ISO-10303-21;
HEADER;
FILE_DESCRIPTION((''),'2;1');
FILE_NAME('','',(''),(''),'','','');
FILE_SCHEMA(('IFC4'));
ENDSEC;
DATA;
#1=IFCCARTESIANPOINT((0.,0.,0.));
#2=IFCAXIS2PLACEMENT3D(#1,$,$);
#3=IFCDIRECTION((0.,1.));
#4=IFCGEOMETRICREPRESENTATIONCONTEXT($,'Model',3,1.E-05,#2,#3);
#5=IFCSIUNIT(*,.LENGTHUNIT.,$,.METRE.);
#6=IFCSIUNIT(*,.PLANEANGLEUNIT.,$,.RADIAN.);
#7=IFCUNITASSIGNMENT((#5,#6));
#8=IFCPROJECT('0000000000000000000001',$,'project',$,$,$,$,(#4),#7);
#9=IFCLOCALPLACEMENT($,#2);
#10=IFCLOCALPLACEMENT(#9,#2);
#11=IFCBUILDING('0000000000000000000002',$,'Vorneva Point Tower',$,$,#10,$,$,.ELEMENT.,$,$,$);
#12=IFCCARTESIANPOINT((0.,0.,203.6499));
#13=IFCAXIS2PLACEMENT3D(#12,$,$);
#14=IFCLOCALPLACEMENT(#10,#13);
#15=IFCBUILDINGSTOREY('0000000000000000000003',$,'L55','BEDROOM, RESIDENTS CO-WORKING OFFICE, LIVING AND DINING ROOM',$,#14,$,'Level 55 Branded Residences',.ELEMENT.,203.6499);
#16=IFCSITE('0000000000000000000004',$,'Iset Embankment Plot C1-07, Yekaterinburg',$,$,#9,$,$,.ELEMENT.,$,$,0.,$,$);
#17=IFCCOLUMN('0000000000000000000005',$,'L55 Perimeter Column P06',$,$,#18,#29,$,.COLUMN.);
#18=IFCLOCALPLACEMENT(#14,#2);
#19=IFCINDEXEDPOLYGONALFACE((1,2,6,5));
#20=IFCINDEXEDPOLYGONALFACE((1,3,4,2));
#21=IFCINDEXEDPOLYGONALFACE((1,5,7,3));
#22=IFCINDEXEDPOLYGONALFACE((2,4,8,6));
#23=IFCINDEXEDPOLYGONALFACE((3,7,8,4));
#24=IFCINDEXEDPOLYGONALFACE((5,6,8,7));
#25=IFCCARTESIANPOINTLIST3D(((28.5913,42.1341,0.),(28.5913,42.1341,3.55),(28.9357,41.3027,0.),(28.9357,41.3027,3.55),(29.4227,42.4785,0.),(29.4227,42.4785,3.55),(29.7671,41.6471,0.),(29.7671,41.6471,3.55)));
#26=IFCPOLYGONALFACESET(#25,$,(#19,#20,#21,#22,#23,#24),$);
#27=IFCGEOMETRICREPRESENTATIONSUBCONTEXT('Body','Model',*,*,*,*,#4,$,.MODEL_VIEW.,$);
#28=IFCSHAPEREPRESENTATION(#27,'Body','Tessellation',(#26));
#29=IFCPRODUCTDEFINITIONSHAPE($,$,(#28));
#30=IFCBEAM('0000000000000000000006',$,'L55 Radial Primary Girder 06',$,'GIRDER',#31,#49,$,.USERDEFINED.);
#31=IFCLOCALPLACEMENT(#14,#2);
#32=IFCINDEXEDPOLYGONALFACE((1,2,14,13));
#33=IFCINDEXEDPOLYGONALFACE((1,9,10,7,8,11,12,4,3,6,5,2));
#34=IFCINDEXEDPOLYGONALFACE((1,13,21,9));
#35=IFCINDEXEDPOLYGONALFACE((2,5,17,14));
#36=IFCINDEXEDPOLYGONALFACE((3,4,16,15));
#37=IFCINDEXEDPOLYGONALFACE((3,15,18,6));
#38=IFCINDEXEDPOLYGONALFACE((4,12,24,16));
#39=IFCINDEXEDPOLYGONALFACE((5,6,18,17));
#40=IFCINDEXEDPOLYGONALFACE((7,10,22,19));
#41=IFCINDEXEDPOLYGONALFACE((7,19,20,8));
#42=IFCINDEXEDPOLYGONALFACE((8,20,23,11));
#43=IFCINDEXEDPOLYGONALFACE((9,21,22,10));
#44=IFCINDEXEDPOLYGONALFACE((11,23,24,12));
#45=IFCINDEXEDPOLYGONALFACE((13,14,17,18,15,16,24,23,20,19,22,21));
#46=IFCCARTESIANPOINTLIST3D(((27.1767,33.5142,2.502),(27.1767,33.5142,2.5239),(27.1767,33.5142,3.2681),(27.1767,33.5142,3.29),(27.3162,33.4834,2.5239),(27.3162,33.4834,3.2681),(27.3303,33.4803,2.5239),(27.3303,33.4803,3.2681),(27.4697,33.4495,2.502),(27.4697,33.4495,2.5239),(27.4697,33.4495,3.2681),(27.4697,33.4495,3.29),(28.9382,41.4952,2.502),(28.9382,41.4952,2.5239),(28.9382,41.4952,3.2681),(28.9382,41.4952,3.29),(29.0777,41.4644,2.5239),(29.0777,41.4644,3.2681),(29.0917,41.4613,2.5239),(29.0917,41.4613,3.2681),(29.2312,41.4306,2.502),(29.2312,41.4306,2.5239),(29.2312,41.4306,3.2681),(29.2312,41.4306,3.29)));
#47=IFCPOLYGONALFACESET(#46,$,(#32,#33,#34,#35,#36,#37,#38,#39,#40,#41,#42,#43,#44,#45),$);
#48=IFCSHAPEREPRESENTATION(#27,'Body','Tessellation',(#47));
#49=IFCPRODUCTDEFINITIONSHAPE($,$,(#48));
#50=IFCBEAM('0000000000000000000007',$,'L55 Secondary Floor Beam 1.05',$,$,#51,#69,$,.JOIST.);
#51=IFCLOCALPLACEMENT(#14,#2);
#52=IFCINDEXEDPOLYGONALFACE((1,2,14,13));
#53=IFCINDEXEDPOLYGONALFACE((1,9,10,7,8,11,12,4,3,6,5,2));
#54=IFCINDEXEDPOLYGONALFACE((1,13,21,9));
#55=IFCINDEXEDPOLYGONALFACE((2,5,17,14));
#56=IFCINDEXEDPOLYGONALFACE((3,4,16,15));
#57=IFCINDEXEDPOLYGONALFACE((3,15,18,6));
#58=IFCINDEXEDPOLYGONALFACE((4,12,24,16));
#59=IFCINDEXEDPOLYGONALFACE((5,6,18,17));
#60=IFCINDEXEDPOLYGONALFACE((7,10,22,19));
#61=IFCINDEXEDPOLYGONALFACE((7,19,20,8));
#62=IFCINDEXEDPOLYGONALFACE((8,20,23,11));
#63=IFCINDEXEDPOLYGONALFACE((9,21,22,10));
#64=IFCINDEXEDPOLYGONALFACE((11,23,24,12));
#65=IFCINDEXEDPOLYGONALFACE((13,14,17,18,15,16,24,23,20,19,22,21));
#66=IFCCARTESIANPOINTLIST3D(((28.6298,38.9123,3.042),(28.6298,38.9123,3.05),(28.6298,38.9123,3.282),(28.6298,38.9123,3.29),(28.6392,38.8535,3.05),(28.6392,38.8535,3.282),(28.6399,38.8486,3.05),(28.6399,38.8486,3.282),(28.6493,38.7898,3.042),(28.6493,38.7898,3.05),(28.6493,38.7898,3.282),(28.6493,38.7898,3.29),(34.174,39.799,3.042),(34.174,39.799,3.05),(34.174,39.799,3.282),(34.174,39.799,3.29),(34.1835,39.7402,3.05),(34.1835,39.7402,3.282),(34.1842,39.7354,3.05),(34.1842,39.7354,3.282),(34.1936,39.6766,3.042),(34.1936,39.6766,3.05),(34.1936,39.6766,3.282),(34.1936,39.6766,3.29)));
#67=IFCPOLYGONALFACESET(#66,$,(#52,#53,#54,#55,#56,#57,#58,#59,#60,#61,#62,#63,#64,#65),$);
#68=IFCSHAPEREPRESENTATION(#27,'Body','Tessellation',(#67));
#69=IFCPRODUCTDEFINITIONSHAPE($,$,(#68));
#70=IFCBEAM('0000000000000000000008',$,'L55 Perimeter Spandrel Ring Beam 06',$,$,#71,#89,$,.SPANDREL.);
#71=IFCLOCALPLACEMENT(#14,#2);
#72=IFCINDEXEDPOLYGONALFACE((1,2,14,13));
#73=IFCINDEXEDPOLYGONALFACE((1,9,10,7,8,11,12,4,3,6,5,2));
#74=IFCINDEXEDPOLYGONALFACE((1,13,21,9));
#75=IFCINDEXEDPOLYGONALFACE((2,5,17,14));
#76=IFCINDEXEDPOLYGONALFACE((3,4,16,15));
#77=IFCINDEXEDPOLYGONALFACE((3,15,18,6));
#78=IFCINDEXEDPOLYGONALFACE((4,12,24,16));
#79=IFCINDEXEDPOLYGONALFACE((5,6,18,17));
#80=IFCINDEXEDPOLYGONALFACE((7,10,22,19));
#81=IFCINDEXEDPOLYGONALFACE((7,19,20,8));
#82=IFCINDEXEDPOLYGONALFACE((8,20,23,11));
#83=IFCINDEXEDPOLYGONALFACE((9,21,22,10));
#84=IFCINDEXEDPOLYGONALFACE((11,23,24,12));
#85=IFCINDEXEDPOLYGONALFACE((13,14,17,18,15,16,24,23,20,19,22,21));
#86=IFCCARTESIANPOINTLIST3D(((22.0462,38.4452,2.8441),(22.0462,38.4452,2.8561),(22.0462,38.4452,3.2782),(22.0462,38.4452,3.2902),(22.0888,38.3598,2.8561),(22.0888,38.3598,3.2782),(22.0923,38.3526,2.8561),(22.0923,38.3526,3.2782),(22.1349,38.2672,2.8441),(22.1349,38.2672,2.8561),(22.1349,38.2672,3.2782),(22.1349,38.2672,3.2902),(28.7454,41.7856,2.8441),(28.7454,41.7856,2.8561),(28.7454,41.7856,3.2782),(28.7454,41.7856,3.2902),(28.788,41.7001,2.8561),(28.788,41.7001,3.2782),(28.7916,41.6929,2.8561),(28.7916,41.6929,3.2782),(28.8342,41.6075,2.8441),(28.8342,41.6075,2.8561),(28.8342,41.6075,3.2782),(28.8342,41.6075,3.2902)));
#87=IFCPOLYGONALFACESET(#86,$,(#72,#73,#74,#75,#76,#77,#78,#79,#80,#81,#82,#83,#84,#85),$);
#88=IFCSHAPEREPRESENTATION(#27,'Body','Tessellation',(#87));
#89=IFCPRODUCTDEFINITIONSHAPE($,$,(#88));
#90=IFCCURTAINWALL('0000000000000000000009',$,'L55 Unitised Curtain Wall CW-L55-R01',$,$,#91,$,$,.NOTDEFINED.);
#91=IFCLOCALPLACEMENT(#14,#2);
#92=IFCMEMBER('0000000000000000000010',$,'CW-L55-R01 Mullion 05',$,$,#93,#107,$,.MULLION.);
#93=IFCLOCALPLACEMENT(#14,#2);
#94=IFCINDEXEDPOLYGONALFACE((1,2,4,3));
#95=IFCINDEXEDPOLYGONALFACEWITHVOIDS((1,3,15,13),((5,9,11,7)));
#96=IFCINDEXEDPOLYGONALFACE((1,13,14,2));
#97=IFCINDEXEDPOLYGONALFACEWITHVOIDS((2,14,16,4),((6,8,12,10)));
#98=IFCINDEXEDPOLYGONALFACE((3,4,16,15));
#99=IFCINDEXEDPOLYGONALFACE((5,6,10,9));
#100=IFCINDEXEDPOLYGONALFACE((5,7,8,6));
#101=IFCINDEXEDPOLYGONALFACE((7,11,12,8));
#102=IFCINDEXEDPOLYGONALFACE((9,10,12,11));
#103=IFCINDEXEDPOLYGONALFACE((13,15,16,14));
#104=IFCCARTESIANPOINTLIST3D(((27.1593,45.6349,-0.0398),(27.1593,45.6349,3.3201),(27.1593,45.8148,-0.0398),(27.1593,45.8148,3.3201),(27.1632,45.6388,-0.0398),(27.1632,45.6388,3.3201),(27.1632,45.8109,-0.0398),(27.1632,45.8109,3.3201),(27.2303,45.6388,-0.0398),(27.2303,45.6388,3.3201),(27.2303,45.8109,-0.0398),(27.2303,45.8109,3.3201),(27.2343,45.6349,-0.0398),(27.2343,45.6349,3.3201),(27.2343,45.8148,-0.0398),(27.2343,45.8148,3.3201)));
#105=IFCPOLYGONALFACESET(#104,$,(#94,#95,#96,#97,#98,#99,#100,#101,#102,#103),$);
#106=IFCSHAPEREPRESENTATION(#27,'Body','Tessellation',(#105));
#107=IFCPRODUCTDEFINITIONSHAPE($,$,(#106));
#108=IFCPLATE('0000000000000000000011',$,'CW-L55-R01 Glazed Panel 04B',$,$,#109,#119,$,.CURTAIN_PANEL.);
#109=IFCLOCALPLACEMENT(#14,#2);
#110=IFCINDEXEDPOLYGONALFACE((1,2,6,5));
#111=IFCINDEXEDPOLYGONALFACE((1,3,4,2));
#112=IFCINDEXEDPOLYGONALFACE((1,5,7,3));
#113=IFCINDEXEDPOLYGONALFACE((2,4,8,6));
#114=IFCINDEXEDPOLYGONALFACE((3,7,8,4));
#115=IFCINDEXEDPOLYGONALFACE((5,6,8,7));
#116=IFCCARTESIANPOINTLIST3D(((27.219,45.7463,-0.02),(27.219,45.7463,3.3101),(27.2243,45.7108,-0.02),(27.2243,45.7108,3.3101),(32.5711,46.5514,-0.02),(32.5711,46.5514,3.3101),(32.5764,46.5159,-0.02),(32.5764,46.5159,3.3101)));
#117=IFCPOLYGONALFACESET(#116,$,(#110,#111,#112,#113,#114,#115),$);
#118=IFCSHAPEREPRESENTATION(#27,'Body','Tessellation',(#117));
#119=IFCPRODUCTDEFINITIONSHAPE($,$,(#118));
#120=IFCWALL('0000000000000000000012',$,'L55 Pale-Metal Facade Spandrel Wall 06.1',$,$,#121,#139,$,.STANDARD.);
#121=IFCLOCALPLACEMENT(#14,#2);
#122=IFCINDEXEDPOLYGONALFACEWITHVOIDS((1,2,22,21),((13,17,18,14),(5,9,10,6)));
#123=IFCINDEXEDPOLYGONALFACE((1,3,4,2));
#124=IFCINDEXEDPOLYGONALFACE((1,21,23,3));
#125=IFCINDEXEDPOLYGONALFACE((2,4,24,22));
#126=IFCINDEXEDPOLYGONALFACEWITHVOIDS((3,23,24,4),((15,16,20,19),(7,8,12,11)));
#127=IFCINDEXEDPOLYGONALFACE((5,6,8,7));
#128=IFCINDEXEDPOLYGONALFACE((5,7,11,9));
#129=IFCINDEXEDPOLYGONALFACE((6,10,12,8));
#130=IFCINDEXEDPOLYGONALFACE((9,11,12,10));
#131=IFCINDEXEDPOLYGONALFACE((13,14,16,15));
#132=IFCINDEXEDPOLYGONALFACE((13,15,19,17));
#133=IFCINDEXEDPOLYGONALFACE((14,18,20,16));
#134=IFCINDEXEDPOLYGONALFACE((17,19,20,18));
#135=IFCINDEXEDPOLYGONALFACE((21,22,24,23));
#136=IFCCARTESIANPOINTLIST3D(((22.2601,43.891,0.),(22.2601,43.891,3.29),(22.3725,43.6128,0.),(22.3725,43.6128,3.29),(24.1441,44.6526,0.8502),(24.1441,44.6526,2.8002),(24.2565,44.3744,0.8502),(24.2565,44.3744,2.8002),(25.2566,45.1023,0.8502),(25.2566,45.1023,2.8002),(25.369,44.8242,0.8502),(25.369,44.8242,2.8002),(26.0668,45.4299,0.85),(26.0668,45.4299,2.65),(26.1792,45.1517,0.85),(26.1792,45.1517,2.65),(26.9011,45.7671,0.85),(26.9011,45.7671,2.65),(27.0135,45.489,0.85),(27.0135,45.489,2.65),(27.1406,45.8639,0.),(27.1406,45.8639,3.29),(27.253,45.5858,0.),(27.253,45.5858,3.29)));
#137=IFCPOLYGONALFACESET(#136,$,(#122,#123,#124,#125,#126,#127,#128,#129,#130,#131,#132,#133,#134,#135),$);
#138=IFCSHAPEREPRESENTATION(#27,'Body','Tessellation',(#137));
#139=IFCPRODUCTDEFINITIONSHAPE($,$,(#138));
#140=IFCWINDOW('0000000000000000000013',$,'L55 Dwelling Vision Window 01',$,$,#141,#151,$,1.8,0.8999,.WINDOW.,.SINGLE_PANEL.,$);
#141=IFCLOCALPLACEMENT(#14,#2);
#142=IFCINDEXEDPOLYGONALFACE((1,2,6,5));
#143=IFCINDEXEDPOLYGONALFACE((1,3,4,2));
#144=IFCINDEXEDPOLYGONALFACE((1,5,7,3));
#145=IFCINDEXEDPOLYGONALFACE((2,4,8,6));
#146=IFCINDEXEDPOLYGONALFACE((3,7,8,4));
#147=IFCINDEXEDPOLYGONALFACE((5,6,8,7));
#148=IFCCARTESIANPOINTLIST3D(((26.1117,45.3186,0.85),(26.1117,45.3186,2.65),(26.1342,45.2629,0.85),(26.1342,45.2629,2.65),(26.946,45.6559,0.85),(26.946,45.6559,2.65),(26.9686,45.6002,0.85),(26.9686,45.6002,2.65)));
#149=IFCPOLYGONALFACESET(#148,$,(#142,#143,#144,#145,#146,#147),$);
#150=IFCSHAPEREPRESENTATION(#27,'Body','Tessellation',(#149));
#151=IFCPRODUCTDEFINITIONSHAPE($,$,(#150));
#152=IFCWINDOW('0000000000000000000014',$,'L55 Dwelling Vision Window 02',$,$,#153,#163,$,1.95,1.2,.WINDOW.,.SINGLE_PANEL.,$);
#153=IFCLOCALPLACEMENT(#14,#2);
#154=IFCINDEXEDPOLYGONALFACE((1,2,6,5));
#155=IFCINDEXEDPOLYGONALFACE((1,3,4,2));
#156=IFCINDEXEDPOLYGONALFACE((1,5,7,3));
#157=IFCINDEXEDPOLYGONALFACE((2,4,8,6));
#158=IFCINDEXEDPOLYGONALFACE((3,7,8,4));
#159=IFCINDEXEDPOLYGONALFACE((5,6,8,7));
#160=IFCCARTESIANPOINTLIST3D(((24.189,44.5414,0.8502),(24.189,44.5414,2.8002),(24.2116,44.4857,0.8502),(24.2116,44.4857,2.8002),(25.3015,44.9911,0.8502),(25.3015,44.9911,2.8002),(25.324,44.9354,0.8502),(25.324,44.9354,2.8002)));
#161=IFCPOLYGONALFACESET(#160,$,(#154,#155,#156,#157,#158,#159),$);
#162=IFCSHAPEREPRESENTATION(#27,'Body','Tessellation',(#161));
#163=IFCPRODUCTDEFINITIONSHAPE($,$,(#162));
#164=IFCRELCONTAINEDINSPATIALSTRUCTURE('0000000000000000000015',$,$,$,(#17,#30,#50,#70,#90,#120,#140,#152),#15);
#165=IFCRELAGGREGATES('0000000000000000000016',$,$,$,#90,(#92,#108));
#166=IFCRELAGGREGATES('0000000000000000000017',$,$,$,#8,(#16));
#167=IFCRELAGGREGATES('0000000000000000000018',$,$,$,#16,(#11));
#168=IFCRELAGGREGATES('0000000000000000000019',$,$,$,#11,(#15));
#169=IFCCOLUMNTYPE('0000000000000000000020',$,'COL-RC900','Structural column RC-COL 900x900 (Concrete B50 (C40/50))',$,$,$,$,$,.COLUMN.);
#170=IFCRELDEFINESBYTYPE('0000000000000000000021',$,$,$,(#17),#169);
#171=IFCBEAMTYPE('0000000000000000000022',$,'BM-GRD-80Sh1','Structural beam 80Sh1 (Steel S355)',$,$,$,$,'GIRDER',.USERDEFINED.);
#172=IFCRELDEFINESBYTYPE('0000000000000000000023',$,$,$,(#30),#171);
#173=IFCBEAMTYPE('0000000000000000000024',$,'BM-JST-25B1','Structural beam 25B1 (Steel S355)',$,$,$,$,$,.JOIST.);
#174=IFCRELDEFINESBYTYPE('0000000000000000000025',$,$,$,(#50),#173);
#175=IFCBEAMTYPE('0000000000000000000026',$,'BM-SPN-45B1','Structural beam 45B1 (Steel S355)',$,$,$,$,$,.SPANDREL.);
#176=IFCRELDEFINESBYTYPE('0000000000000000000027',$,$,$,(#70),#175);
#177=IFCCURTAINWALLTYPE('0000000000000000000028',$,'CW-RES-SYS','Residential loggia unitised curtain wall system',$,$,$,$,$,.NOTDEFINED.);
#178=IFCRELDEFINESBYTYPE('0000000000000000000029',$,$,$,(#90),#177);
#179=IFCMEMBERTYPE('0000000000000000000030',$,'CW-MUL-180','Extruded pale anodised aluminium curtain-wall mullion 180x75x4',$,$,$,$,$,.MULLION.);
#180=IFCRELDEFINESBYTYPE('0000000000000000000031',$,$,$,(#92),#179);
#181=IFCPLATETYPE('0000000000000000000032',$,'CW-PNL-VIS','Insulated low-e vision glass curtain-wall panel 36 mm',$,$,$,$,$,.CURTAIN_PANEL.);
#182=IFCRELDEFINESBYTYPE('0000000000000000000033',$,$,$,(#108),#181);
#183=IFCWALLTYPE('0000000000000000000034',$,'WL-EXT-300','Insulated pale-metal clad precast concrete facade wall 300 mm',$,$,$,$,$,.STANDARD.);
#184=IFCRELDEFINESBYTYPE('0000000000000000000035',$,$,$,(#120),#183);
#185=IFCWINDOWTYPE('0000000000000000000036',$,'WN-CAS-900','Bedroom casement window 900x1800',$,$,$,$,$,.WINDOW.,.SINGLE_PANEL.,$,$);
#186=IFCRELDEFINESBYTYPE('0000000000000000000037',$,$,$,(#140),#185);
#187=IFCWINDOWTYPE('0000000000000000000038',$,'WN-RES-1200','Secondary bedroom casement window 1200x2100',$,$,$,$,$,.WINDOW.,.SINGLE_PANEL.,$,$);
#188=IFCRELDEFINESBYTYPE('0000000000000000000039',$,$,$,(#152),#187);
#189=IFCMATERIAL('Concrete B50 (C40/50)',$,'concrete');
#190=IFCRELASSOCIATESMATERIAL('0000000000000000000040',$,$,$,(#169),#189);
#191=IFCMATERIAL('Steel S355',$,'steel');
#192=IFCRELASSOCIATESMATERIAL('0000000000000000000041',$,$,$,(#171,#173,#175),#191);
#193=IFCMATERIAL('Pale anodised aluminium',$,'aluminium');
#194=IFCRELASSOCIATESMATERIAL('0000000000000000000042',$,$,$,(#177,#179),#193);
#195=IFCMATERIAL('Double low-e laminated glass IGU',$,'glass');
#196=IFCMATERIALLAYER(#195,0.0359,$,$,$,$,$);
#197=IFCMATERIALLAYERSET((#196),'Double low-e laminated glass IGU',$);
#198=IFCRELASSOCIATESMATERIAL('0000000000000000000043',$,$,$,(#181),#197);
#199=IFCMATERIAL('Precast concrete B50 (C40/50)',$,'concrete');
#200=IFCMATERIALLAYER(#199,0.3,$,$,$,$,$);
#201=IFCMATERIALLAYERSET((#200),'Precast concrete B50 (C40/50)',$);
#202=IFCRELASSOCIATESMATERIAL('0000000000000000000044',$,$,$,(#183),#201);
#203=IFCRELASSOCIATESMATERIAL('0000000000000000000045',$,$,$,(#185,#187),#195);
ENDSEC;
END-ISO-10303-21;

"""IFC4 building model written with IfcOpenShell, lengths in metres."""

from ifc_helpers import new_model, si_unit, direction, frame, frame_2d, origin, origin_2d, place, context, subcontext, project, spatial, rectangle, hollow_rectangle, i_section, extrude, material, layer, layer_set, material_profile, profile_set, type_object, element, fill, aggregate, save


model = new_model("IFC4")

# Units and contexts
model_context = context("Model", 3, precision=1e-05, world=origin(), true_north=direction((0.0, 1.0)))
body_context = subcontext(model_context, "Body", "Model", "MODEL_VIEW")
ifc_project = project(units=[si_unit("LENGTHUNIT", "METRE"), si_unit("PLANEANGLEUNIT", "RADIAN")], contexts=[model_context])

# Site, building, storey
site_placement = place(None, origin())
site = spatial("IfcSite", under=ifc_project, at=site_placement, Name="Iset Embankment Plot C1-07, Yekaterinburg", CompositionType="ELEMENT", RefElevation=0.0)
building_placement = place(site_placement, origin())
building = spatial("IfcBuilding", under=site, at=building_placement, Name="Vorneva Point Tower", CompositionType="ELEMENT")
storey_placement = place(building_placement, frame((0.0, 0.0, 203.6499)))
storey = spatial("IfcBuildingStorey", under=building, at=storey_placement, Name="L55", Description="BEDROOM, RESIDENTS CO-WORKING OFFICE, LIVING AND DINING ROOM", LongName="Level 55 Branded Residences", CompositionType="ELEMENT", Elevation=203.6499)

# Column
ifc_material_1 = material(Name="Concrete B50 (C40/50)", Category="concrete")
ifc_material_profile_1 = material_profile(ifc_material_1, rectangle(XDim=0.8999, YDim=0.8999, at=origin_2d()), Name="RC-COL 900x900")
ifc_profile_set_1 = profile_set([ifc_material_profile_1], Name="Concrete B50 (C40/50)")
column_type = type_object("IfcColumnType", Name="COL-RC900", Description="Structural column RC-COL 900x900 (Concrete B50 (C40/50))", PredefinedType="COLUMN", material=ifc_profile_set_1)
column_placement = place(storey_placement, frame((29.1792, 41.8906, 0.0), z_axis=(0.0, 0.0, 1.0), x_axis=(-0.382683, 0.92388, 0.0)))
element("IfcColumn", 1, at=column_placement, inside=storey, type_object=column_type, Name="L55 Perimeter Column P06", PredefinedType="COLUMN", context=body_context, shape_type="SweptSolid", body=[
    extrude(rectangle(XDim=0.8999, YDim=0.8999, at=origin_2d()), origin(), (0.0, 0.0, 1.0), 3.55),
])

# Beams
ifc_material_2 = material(Name="Steel S355", Category="steel")
ifc_material_profile_2 = material_profile(ifc_material_2, i_section(OverallWidth=0.3, OverallDepth=0.7881, WebThickness=0.0144, FlangeThickness=0.022, at=origin_2d()), Name="80Sh1")
ifc_profile_set_2 = profile_set([ifc_material_profile_2], Name="Steel S355")
beam_type_1 = type_object("IfcBeamType", Name="BM-GRD-80Sh1", Description="Structural beam 80Sh1 (Steel S355)", ElementType="GIRDER", PredefinedType="USERDEFINED", material=ifc_profile_set_2)
beam_1_placement = place(storey_placement, frame((29.0847, 41.4629, 2.896), z_axis=(-0.215523, -0.976499, 0.0), x_axis=(0.976499, -0.215523, 0.0)))
element("IfcBeam", 2, at=beam_1_placement, inside=storey, type_object=beam_type_1, Name="L55 Radial Primary Girder 06", ObjectType="GIRDER", PredefinedType="USERDEFINED", context=body_context, shape_type="SweptSolid", body=[
    extrude(i_section(OverallWidth=0.3, OverallDepth=0.7881, WebThickness=0.0144, FlangeThickness=0.022, at=origin_2d()), origin(), (0.0, 0.0, 1.0), 8.1731),
])
ifc_material_profile_3 = material_profile(ifc_material_2, i_section(OverallWidth=0.124, OverallDepth=0.248, WebThickness=0.0049, FlangeThickness=0.0081, at=origin_2d()), Name="25B1")
ifc_profile_set_3 = profile_set([ifc_material_profile_3], Name="Steel S355")
beam_type_2 = type_object("IfcBeamType", Name="BM-JST-25B1", Description="Structural beam 25B1 (Steel S355)", PredefinedType="JOIST", material=ifc_profile_set_3)
beam_2_placement = place(storey_placement, frame((34.1838, 39.7378, 3.166), z_axis=(-0.98745, -0.157929, 0.0), x_axis=(0.157929, -0.98745, 0.0)))
element("IfcBeam", 3, at=beam_2_placement, inside=storey, type_object=beam_type_2, Name="L55 Secondary Floor Beam 1.05", PredefinedType="JOIST", context=body_context, shape_type="SweptSolid", body=[
    extrude(i_section(OverallWidth=0.124, OverallDepth=0.248, WebThickness=0.0049, FlangeThickness=0.0081, at=origin_2d()), origin(), (0.0, 0.0, 1.0), 5.6147),
])
ifc_material_profile_4 = material_profile(ifc_material_2, i_section(OverallWidth=0.199, OverallDepth=0.446, WebThickness=0.0081, FlangeThickness=0.012, at=origin_2d()), Name="45B1")
ifc_profile_set_4 = profile_set([ifc_material_profile_4], Name="Steel S355")
beam_type_3 = type_object("IfcBeamType", Name="BM-SPN-45B1", Description="Structural beam 45B1 (Steel S355)", PredefinedType="SPANDREL", material=ifc_profile_set_4)
beam_3_placement = place(storey_placement, frame((28.7898, 41.6965, 3.0671), z_axis=(-0.894922, -0.446222, 0.0), x_axis=(0.446222, -0.894922, 0.0)))
element("IfcBeam", 4, at=beam_3_placement, inside=storey, type_object=beam_type_3, Name="L55 Perimeter Spandrel Ring Beam 06", PredefinedType="SPANDREL", context=body_context, shape_type="SweptSolid", body=[
    extrude(i_section(OverallWidth=0.199, OverallDepth=0.446, WebThickness=0.0081, FlangeThickness=0.012, at=origin_2d()), origin(), (0.0, 0.0, 1.0), 7.4858),
])

# Curtain wall, member, plate
ifc_material_3 = material(Name="Pale anodised aluminium", Category="aluminium")
curtain_wall_type = type_object("IfcCurtainWallType", Name="CW-RES-SYS", Description="Residential loggia unitised curtain wall system", PredefinedType="NOTDEFINED", material=ifc_material_3)
curtain_wall_placement = place(storey_placement, origin())
curtain_wall = element("IfcCurtainWall", 5, at=curtain_wall_placement, inside=storey, type_object=curtain_wall_type, Name="L55 Unitised Curtain Wall CW-L55-R01", PredefinedType="NOTDEFINED")
ifc_material_profile_5 = material_profile(ifc_material_3, hollow_rectangle(XDim=0.075, YDim=0.1799, WallThickness=0.0039, at=origin_2d()), Name="AL-MUL 180x75x4")
ifc_profile_set_5 = profile_set([ifc_material_profile_5], Name="Pale anodised aluminium")
member_type = type_object("IfcMemberType", Name="CW-MUL-180", Description="Extruded pale anodised aluminium curtain-wall mullion 180x75x4", PredefinedType="MULLION", material=ifc_profile_set_5)
member_placement = place(storey_placement, frame((27.1968, 45.7249, -0.0398), z_axis=(0.0, 0.0, 1.0), x_axis=(1.0, 0.0, 0.0)))
member = element("IfcMember", 6, at=member_placement, type_object=member_type, Name="CW-L55-R01 Mullion 05", PredefinedType="MULLION", context=body_context, shape_type="SweptSolid", body=[
    extrude(hollow_rectangle(XDim=0.075, YDim=0.1799, WallThickness=0.0039, at=origin_2d()), origin(), (0.0, 0.0, 1.0), 3.3599),
])
ifc_material_4 = material(Name="Double low-e laminated glass IGU", Category="glass")
ifc_layer_1 = layer(ifc_material_4, 0.0359)
ifc_layer_set_1 = layer_set([ifc_layer_1], Name="Double low-e laminated glass IGU")
plate_type = type_object("IfcPlateType", Name="CW-PNL-VIS", Description="Insulated low-e vision glass curtain-wall panel 36 mm", PredefinedType="CURTAIN_PANEL", material=ifc_layer_set_1)
plate_placement = place(storey_placement, frame((29.8977, 46.1311, -0.02), z_axis=(0.0, 0.0, 1.0), x_axis=(-0.988874, -0.148759, 0.0)))
plate = element("IfcPlate", 7, at=plate_placement, type_object=plate_type, Name="CW-L55-R01 Glazed Panel 04B", PredefinedType="CURTAIN_PANEL", context=body_context, shape_type="SweptSolid", body=[
    extrude(rectangle(XDim=5.4124, YDim=0.0359, at=origin_2d()), origin(), (0.0, 0.0, 1.0), 3.3301),
])
aggregate(curtain_wall, [member, plate])

# Wall, openings, windows
ifc_material_5 = material(Name="Precast concrete B50 (C40/50)", Category="concrete")
ifc_layer_2 = layer(ifc_material_5, 0.3)
ifc_layer_set_2 = layer_set([ifc_layer_2], Name="Precast concrete B50 (C40/50)")
wall_type_1 = type_object("IfcWallType", Name="WL-EXT-300", Description="Insulated pale-metal clad precast concrete facade wall 300 mm", PredefinedType="STANDARD", material=ifc_layer_set_2)
wall_1_placement = place(storey_placement, frame((27.1968, 45.7249, 0.0), z_axis=(0.0, 0.0, 1.0), x_axis=(-0.927111, -0.374787, 0.0)))
wall_1 = element("IfcWall", 8, at=wall_1_placement, inside=storey, type_object=wall_type_1, Name="L55 Pale-Metal Facade Spandrel Wall 06.1", PredefinedType="STANDARD", context=body_context, shape_type="SweptSolid", body=[
    extrude(rectangle(XDim=5.2642, YDim=0.3, at=frame_2d((2.6321, 0.0))), origin(), (0.0, 0.0, 1.0), 3.29),
])
opening_1_placement = place(wall_1_placement, frame((0.2583, 0.0, 0.8501)))
opening_1 = element("IfcOpeningElement", 9, at=opening_1_placement, cuts=wall_1, PredefinedType="OPENING", context=body_context, shape_type="SweptSolid", body=[
    extrude(rectangle(XDim=0.8999, YDim=1.8, at=frame_2d((0.45, 0.8999))), frame((0.0, 0.165, 0.0), z_axis=(0.0, -1.0, 0.0), x_axis=(1.0, 0.0, 0.0)), (0.0, 0.0, 1.0), 0.3298),
])
opening_2_placement = place(wall_1_placement, frame((2.032, 0.0, 0.8501)))
opening_2 = element("IfcOpeningElement", 10, at=opening_2_placement, cuts=wall_1, PredefinedType="OPENING", context=body_context, shape_type="SweptSolid", body=[
    extrude(rectangle(XDim=1.2, YDim=1.95, at=frame_2d((0.6001, 0.9751))), frame((0.0, 0.165, 0.0), z_axis=(0.0, -1.0, 0.0), x_axis=(1.0, 0.0, 0.0)), (0.0, 0.0, 1.0), 0.3298),
])
window_type_1 = type_object("IfcWindowType", Name="WN-CAS-900", Description="Bedroom casement window 900x1800", PartitioningType="SINGLE_PANEL", PredefinedType="WINDOW", material=ifc_material_4)
window_1_placement = place(opening_1_placement, origin())
window_1 = element("IfcWindow", 11, at=window_1_placement, inside=storey, type_object=window_type_1, Name="L55 Dwelling Vision Window 01", OverallHeight=1.8, OverallWidth=0.8999, PartitioningType="SINGLE_PANEL", PredefinedType="WINDOW", context=body_context, shape_type="SweptSolid", body=[
    extrude(rectangle(XDim=0.8999, YDim=1.8, at=frame_2d((0.45, 0.8999))), frame((0.0, 0.03, 0.0), z_axis=(0.0, -1.0, 0.0), x_axis=(1.0, 0.0, 0.0)), (0.0, 0.0, 1.0), 0.0601),
])
fill(opening_1, window_1)
window_type_2 = type_object("IfcWindowType", Name="WN-RES-1200", Description="Secondary bedroom casement window 1200x2100", PartitioningType="SINGLE_PANEL", PredefinedType="WINDOW", material=ifc_material_4)
window_2_placement = place(opening_2_placement, origin())
window_2 = element("IfcWindow", 12, at=window_2_placement, inside=storey, type_object=window_type_2, Name="L55 Dwelling Vision Window 02", OverallHeight=1.95, OverallWidth=1.2, PartitioningType="SINGLE_PANEL", PredefinedType="WINDOW", context=body_context, shape_type="SweptSolid", body=[
    extrude(rectangle(XDim=1.2, YDim=1.95, at=frame_2d((0.6001, 0.9751))), frame((0.0, 0.03, 0.0), z_axis=(0.0, -1.0, 0.0), x_axis=(1.0, 0.0, 0.0)), (0.0, 0.0, 1.0), 0.0601),
])
fill(opening_2, window_2)

save(model, "model.ifc")
